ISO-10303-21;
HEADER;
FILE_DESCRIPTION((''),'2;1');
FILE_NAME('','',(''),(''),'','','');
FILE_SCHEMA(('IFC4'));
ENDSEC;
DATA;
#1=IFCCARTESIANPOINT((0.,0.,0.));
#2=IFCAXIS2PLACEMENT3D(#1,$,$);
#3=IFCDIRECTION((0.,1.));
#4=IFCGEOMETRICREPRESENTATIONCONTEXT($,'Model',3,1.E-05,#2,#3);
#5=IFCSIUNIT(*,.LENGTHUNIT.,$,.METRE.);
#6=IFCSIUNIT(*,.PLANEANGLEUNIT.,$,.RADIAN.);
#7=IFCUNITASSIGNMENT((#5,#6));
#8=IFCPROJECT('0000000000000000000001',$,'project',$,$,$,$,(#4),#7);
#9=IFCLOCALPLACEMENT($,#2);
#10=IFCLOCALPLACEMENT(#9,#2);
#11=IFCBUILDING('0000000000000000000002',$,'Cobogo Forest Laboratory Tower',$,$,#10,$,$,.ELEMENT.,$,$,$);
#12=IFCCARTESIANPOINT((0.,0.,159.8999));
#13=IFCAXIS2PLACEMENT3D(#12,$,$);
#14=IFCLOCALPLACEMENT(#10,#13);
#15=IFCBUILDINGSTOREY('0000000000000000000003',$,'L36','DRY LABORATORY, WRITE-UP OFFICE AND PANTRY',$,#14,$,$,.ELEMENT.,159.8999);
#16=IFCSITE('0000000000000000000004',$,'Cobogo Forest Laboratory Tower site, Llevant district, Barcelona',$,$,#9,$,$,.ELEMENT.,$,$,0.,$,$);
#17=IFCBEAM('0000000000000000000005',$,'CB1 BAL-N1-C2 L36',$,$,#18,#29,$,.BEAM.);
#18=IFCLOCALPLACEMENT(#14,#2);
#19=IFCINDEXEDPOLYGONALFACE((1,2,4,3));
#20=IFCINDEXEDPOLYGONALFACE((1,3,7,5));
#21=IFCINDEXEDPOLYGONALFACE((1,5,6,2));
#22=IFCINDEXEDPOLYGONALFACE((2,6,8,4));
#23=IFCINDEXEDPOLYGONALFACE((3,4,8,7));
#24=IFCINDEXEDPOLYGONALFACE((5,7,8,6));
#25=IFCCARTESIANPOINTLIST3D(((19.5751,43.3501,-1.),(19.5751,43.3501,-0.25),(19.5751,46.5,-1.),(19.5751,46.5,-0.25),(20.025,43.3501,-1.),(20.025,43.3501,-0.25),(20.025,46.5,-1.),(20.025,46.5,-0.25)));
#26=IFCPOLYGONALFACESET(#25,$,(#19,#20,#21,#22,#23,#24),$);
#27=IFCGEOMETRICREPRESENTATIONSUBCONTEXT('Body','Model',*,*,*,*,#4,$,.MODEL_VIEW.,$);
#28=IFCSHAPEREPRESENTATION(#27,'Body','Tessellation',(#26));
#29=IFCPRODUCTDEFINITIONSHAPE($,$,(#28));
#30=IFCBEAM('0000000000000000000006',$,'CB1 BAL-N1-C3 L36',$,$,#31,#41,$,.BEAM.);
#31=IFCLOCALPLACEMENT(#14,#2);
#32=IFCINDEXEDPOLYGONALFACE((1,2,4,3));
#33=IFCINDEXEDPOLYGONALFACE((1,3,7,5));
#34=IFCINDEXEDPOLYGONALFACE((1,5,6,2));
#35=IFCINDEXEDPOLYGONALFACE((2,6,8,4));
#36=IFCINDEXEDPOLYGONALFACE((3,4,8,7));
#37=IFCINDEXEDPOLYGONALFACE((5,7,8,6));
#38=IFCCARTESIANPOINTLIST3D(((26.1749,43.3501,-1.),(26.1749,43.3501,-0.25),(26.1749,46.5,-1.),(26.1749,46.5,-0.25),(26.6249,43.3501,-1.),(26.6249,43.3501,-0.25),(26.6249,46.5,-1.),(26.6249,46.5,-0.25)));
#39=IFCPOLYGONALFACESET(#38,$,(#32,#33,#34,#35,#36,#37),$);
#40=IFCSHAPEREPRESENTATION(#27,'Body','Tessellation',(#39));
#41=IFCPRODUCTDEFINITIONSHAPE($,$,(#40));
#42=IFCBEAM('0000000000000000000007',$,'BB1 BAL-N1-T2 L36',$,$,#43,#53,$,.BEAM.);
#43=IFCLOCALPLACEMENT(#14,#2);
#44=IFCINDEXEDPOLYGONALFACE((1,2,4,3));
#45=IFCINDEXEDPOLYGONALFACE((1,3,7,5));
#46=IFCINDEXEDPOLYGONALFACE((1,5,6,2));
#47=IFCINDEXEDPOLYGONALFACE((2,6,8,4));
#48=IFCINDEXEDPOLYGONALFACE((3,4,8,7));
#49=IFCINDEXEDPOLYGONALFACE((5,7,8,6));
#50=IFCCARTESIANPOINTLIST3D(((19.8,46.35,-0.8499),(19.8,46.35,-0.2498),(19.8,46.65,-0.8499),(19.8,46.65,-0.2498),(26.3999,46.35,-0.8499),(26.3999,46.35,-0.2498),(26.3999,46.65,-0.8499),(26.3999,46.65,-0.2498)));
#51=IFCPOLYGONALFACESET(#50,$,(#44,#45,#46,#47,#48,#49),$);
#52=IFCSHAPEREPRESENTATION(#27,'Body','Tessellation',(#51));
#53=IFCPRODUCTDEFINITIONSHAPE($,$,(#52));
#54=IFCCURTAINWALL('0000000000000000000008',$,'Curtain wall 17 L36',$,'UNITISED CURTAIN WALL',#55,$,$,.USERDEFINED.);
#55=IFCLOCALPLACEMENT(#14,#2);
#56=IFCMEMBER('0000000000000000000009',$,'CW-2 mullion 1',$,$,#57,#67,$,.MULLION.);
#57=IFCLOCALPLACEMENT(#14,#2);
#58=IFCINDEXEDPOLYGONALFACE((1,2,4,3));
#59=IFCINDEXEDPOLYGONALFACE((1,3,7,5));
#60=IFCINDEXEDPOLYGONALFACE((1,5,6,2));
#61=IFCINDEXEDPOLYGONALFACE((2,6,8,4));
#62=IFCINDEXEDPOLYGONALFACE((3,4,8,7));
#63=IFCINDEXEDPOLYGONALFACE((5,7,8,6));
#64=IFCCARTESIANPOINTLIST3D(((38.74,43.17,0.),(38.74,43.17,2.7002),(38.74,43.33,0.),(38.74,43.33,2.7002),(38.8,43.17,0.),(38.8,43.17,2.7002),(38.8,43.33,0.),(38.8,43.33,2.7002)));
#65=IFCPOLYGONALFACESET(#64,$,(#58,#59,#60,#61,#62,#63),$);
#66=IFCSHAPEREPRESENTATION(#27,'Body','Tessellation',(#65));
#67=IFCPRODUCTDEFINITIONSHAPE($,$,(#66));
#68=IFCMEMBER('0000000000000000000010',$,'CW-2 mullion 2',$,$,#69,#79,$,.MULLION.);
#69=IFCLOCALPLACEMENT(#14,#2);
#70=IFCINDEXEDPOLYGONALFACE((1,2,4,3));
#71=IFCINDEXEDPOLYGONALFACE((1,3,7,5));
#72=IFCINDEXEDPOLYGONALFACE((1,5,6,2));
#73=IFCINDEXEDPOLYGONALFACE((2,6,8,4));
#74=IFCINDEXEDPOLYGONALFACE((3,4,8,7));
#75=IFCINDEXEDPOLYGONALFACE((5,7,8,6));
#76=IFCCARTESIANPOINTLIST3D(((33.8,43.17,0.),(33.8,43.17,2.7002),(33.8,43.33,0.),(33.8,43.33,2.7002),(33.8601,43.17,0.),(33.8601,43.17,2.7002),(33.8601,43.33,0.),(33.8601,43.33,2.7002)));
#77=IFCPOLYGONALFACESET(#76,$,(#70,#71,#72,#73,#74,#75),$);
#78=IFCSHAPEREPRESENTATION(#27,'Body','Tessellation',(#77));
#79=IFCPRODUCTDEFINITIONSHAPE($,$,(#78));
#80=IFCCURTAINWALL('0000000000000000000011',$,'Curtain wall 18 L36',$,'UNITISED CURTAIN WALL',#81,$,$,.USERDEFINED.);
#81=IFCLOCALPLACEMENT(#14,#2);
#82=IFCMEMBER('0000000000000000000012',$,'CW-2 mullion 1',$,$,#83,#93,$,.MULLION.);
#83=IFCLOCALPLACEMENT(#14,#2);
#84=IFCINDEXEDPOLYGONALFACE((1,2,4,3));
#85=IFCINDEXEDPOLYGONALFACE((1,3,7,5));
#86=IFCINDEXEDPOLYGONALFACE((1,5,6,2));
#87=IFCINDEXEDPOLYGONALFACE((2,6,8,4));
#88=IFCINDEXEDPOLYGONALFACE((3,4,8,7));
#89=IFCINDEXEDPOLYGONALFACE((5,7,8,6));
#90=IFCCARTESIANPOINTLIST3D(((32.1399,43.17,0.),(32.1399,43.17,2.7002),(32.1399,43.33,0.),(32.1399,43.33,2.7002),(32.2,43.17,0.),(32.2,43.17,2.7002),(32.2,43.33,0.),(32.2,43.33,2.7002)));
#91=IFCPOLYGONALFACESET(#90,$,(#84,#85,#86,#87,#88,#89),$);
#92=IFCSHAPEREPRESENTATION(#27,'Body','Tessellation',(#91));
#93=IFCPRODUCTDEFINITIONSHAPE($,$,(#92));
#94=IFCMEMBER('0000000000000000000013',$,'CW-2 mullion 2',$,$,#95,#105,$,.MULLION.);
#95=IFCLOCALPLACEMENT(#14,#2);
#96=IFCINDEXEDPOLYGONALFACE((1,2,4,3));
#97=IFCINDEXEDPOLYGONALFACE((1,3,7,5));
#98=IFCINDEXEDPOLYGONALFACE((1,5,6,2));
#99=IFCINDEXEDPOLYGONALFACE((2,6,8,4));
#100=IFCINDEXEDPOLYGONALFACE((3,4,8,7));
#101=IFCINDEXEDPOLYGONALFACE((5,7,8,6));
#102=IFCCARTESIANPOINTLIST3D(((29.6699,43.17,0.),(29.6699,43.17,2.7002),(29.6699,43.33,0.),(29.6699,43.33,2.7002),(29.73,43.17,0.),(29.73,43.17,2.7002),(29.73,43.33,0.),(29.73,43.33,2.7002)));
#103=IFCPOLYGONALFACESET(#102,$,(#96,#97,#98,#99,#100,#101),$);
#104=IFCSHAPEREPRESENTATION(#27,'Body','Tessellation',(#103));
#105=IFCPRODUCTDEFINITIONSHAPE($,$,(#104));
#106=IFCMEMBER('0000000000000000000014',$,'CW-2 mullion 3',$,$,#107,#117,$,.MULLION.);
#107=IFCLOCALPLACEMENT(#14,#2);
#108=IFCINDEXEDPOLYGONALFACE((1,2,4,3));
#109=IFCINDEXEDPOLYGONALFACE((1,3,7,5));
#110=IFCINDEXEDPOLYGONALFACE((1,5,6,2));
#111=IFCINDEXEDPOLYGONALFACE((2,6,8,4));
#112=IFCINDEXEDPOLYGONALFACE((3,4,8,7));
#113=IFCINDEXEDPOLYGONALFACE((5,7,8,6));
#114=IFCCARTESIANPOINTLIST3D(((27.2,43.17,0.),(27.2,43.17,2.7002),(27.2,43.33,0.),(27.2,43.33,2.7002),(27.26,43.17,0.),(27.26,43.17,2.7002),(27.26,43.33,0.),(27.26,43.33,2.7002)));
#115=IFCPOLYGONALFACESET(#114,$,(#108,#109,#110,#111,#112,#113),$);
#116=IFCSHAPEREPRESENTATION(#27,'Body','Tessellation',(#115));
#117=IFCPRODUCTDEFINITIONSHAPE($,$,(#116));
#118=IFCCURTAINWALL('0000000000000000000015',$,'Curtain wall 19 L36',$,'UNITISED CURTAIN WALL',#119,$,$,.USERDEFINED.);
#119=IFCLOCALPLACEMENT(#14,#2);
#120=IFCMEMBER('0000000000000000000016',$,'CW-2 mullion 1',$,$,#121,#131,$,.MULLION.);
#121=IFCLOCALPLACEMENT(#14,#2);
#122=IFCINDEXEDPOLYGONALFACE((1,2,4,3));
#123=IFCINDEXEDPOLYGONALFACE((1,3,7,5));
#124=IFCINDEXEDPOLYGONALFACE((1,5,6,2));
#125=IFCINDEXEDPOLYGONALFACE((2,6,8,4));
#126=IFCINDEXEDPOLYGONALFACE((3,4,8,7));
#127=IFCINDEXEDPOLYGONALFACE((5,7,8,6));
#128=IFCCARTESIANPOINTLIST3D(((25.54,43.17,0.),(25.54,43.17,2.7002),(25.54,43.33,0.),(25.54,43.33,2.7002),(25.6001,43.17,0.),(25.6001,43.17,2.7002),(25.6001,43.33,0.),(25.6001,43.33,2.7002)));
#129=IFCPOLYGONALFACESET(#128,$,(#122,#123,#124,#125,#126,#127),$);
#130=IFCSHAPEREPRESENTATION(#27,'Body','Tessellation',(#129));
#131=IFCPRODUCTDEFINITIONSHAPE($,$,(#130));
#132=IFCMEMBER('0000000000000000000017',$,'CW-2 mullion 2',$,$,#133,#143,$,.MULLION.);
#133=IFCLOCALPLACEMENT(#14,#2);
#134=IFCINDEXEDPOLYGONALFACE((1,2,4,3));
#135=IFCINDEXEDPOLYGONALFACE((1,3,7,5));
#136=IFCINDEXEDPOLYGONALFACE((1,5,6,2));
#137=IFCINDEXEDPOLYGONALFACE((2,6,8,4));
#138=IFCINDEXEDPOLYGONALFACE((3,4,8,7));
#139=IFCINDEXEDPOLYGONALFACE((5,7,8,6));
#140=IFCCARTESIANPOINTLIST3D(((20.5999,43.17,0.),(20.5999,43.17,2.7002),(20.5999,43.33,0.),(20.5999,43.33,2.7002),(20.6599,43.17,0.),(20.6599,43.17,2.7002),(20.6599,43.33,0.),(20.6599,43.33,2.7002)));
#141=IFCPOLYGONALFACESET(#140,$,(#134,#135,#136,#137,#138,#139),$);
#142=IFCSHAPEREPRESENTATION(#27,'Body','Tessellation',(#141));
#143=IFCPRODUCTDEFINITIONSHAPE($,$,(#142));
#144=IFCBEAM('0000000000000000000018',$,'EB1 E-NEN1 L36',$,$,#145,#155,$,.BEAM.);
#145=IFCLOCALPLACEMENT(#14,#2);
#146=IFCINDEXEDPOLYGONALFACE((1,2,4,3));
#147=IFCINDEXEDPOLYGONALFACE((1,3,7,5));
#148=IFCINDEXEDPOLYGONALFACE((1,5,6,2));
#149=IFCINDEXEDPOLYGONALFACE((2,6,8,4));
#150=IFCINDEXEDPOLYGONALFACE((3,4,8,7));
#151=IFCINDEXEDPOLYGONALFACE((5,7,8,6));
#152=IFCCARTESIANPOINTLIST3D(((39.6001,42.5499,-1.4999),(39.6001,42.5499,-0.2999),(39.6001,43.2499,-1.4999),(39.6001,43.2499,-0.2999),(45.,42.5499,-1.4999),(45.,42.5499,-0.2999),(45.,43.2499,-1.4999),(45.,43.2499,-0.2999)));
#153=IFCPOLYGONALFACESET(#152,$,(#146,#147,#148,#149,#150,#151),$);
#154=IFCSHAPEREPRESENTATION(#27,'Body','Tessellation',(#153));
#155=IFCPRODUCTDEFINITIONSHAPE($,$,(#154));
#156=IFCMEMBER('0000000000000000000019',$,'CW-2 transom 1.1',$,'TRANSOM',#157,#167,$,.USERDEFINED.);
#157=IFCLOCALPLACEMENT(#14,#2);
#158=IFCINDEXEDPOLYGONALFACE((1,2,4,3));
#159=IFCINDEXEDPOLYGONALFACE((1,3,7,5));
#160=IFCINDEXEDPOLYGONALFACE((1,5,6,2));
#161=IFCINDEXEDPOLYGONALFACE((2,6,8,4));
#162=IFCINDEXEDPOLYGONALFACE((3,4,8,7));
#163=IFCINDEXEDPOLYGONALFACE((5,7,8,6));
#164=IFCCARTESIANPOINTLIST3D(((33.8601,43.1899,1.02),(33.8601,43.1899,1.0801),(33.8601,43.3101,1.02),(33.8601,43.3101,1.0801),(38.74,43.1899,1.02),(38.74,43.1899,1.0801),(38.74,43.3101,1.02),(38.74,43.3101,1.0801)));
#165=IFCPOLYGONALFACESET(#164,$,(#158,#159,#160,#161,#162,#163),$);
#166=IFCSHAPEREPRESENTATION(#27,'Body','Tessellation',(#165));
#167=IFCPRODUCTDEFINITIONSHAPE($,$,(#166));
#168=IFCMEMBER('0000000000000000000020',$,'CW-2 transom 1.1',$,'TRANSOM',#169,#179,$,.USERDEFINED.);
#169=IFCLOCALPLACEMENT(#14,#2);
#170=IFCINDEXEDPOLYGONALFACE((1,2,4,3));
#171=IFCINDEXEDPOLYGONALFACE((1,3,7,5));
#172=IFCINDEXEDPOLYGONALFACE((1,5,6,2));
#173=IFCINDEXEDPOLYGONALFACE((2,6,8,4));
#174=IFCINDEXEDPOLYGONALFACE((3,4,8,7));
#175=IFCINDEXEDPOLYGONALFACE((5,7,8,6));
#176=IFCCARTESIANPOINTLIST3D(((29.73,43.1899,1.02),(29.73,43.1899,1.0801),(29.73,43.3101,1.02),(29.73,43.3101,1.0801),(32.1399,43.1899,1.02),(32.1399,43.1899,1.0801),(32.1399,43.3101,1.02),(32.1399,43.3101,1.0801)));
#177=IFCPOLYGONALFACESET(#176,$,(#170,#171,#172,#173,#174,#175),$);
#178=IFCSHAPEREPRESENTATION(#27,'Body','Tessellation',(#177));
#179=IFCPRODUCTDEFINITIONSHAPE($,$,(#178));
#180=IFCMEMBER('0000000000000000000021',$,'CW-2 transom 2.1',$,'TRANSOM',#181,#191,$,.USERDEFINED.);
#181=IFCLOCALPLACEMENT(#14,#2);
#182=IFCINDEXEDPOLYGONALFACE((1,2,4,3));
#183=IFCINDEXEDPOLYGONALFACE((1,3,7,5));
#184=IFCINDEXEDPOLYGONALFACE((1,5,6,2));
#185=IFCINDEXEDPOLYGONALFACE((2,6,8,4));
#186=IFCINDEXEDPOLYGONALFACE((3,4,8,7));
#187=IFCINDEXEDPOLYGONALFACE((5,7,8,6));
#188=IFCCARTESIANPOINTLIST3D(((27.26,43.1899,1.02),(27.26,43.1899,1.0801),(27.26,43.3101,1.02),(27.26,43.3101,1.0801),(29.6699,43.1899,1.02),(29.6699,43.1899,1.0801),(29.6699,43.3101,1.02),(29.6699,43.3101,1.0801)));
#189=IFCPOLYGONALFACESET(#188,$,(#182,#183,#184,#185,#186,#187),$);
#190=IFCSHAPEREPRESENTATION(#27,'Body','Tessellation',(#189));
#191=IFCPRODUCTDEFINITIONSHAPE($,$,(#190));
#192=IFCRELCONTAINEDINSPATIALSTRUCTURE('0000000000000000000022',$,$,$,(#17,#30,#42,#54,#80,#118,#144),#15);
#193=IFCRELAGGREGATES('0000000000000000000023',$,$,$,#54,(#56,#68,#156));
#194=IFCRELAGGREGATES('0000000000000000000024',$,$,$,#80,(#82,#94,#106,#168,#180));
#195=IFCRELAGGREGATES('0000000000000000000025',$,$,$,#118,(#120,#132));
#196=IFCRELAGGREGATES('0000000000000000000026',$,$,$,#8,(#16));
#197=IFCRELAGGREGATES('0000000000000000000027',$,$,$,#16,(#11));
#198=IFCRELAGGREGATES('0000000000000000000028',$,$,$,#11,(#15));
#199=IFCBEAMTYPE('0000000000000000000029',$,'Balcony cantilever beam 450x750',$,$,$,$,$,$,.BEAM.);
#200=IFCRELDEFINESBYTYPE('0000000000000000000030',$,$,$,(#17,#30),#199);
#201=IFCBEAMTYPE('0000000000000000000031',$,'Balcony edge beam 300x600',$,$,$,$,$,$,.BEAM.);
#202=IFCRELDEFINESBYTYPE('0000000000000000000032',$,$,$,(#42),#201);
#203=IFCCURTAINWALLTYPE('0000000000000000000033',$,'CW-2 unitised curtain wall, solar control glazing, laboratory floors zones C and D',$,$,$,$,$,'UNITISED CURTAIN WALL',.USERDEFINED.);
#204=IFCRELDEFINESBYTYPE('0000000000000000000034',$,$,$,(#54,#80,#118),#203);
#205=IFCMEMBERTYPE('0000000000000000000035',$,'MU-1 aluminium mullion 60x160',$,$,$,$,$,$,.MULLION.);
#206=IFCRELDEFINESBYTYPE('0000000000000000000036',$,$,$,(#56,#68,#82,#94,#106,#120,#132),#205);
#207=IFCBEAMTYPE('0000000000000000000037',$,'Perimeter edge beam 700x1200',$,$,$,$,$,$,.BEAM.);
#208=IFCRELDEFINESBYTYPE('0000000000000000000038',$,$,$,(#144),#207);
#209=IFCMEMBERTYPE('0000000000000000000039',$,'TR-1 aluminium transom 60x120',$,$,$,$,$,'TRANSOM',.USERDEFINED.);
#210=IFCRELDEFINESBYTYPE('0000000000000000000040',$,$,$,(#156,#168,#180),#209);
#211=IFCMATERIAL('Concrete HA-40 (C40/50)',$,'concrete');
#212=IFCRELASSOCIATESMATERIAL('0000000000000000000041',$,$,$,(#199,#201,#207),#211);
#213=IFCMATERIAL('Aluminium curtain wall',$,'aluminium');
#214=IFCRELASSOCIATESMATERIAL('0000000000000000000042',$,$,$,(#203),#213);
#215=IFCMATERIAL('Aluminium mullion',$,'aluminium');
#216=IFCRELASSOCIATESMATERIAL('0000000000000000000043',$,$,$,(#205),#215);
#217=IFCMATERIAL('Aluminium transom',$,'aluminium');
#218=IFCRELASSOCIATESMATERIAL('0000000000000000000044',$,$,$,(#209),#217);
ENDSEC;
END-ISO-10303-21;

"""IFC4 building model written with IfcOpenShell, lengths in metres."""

from ifc_helpers import new_model, si_unit, direction, frame, origin, origin_2d, place, context, subcontext, project, spatial, rectangle, extrude, material, material_profile, profile_set, type_object, element, aggregate, save


model = new_model("IFC4")

# Units and contexts
model_context = context("Model", 3, precision=1e-05, world=origin(), true_north=direction((0.0, 1.0)))
body_context = subcontext(model_context, "Body", "Model", "MODEL_VIEW")
ifc_project = project(units=[si_unit("LENGTHUNIT", "METRE"), si_unit("PLANEANGLEUNIT", "RADIAN")], contexts=[model_context])

# Site, building, storey
site_placement = place(None, origin())
site = spatial("IfcSite", under=ifc_project, at=site_placement, Name="Cobogo Forest Laboratory Tower site, Llevant district, Barcelona", CompositionType="ELEMENT", RefElevation=0.0)
building_placement = place(site_placement, origin())
building = spatial("IfcBuilding", under=site, at=building_placement, Name="Cobogo Forest Laboratory Tower", CompositionType="ELEMENT")
storey_placement = place(building_placement, frame((0.0, 0.0, 159.8999)))
storey = spatial("IfcBuildingStorey", under=building, at=storey_placement, Name="L36", Description="DRY LABORATORY, WRITE-UP OFFICE AND PANTRY", CompositionType="ELEMENT", Elevation=159.8999)

# Beams
ifc_material_1 = material(Name="Concrete HA-40 (C40/50)", Category="concrete")
ifc_material_profile_1 = material_profile(ifc_material_1, rectangle(XDim=0.45, YDim=0.75, at=origin_2d()), Name="RC 450x750")
ifc_profile_set_1 = profile_set([ifc_material_profile_1], Name="Concrete HA-40 (C40/50)")
beam_type_1 = type_object("IfcBeamType", Name="Balcony cantilever beam 450x750", PredefinedType="BEAM", material=ifc_profile_set_1)
for number, where, z_axis, x_axis, name in (
    (1, (19.8, 43.3501, -0.625), (0.0, 1.0, 0.0), (-1.0, 0.0, 0.0), "CB1 BAL-N1-C2 L36"),
    (2, (26.3999, 43.3501, -0.625), (0.0, 1.0, 0.0), (-1.0, 0.0, 0.0), "CB1 BAL-N1-C3 L36"),
):
    element("IfcBeam", number, at=place(storey_placement, frame(where, z_axis=z_axis, x_axis=x_axis)), inside=storey, type_object=beam_type_1, Name=name, PredefinedType="BEAM", context=body_context, shape_type="SweptSolid", body=[
        extrude(rectangle(XDim=0.45, YDim=0.75, at=origin_2d()), origin(), (0.0, 0.0, 1.0), 3.1499),
    ])
ifc_material_profile_2 = material_profile(ifc_material_1, rectangle(XDim=0.3, YDim=0.6001, at=origin_2d()), Name="RC 300x600")
ifc_profile_set_2 = profile_set([ifc_material_profile_2], Name="Concrete HA-40 (C40/50)")
beam_type_2 = type_object("IfcBeamType", Name="Balcony edge beam 300x600", PredefinedType="BEAM", material=ifc_profile_set_2)
beam_1_placement = place(storey_placement, frame((19.8, 46.5, -0.5498), z_axis=(1.0, 0.0, 0.0), x_axis=(0.0, 1.0, 0.0)))
element("IfcBeam", 3, at=beam_1_placement, inside=storey, type_object=beam_type_2, Name="BB1 BAL-N1-T2 L36", PredefinedType="BEAM", context=body_context, shape_type="SweptSolid", body=[
    extrude(rectangle(XDim=0.3, YDim=0.6001, at=origin_2d()), origin(), (0.0, 0.0, 1.0), 6.5999),
])

# Curtain walls, members
ifc_material_2 = material(Name="Aluminium curtain wall", Category="aluminium")
curtain_wall_type = type_object("IfcCurtainWallType", Name="CW-2 unitised curtain wall, solar control glazing, laboratory floors zones C and D", ElementType="UNITISED CURTAIN WALL", PredefinedType="USERDEFINED", material=ifc_material_2)
curtain_wall_1_placement = place(storey_placement, origin())
curtain_wall_1 = element("IfcCurtainWall", 4, at=curtain_wall_1_placement, inside=storey, type_object=curtain_wall_type, Name="Curtain wall 17 L36", ObjectType="UNITISED CURTAIN WALL", PredefinedType="USERDEFINED")
ifc_material_3 = material(Name="Aluminium mullion", Category="aluminium")
ifc_material_profile_3 = material_profile(ifc_material_3, rectangle(XDim=0.0601, YDim=0.1599, at=origin_2d()), Name="AL 60x160")
ifc_profile_set_3 = profile_set([ifc_material_profile_3], Name="Aluminium mullion")
member_type_1 = type_object("IfcMemberType", Name="MU-1 aluminium mullion 60x160", PredefinedType="MULLION", material=ifc_profile_set_3)
member_1_placement = place(storey_placement, frame((38.77, 43.25, 0.0), z_axis=(0.0, 0.0, 1.0), x_axis=(-1.0, 0.0, 0.0)))
member_1 = element("IfcMember", 5, at=member_1_placement, type_object=member_type_1, Name="CW-2 mullion 1", PredefinedType="MULLION", context=body_context, shape_type="SweptSolid", body=[
    extrude(rectangle(XDim=0.0601, YDim=0.1599, at=origin_2d()), origin(), (0.0, 0.0, 1.0), 2.7002),
])
member_2_placement = place(storey_placement, frame((33.8301, 43.25, 0.0), z_axis=(0.0, 0.0, 1.0), x_axis=(-1.0, 0.0, 0.0)))
member_2 = element("IfcMember", 6, at=member_2_placement, type_object=member_type_1, Name="CW-2 mullion 2", PredefinedType="MULLION", context=body_context, shape_type="SweptSolid", body=[
    extrude(rectangle(XDim=0.0601, YDim=0.1599, at=origin_2d()), origin(), (0.0, 0.0, 1.0), 2.7002),
])
curtain_wall_2_placement = place(storey_placement, origin())
curtain_wall_2 = element("IfcCurtainWall", 7, at=curtain_wall_2_placement, inside=storey, type_object=curtain_wall_type, Name="Curtain wall 18 L36", ObjectType="UNITISED CURTAIN WALL", PredefinedType="USERDEFINED")
member_3_placement = place(storey_placement, frame((32.1699, 43.25, 0.0), z_axis=(0.0, 0.0, 1.0), x_axis=(-1.0, 0.0, 0.0)))
member_3 = element("IfcMember", 8, at=member_3_placement, type_object=member_type_1, Name="CW-2 mullion 1", PredefinedType="MULLION", context=body_context, shape_type="SweptSolid", body=[
    extrude(rectangle(XDim=0.0601, YDim=0.1599, at=origin_2d()), origin(), (0.0, 0.0, 1.0), 2.7002),
])
member_4_placement = place(storey_placement, frame((29.7, 43.25, 0.0), z_axis=(0.0, 0.0, 1.0), x_axis=(-1.0, 0.0, 0.0)))
member_4 = element("IfcMember", 9, at=member_4_placement, type_object=member_type_1, Name="CW-2 mullion 2", PredefinedType="MULLION", context=body_context, shape_type="SweptSolid", body=[
    extrude(rectangle(XDim=0.0601, YDim=0.1599, at=origin_2d()), origin(), (0.0, 0.0, 1.0), 2.7002),
])
member_5_placement = place(storey_placement, frame((27.23, 43.25, 0.0), z_axis=(0.0, 0.0, 1.0), x_axis=(-1.0, 0.0, 0.0)))
member_5 = element("IfcMember", 10, at=member_5_placement, type_object=member_type_1, Name="CW-2 mullion 3", PredefinedType="MULLION", context=body_context, shape_type="SweptSolid", body=[
    extrude(rectangle(XDim=0.0601, YDim=0.1599, at=origin_2d()), origin(), (0.0, 0.0, 1.0), 2.7002),
])
curtain_wall_3_placement = place(storey_placement, origin())
curtain_wall_3 = element("IfcCurtainWall", 11, at=curtain_wall_3_placement, inside=storey, type_object=curtain_wall_type, Name="Curtain wall 19 L36", ObjectType="UNITISED CURTAIN WALL", PredefinedType="USERDEFINED")
member_6_placement = place(storey_placement, frame((25.5701, 43.25, 0.0), z_axis=(0.0, 0.0, 1.0), x_axis=(-1.0, 0.0, 0.0)))
member_6 = element("IfcMember", 12, at=member_6_placement, type_object=member_type_1, Name="CW-2 mullion 1", PredefinedType="MULLION", context=body_context, shape_type="SweptSolid", body=[
    extrude(rectangle(XDim=0.0601, YDim=0.1599, at=origin_2d()), origin(), (0.0, 0.0, 1.0), 2.7002),
])
member_7_placement = place(storey_placement, frame((20.6299, 43.25, 0.0), z_axis=(0.0, 0.0, 1.0), x_axis=(-1.0, 0.0, 0.0)))
member_7 = element("IfcMember", 13, at=member_7_placement, type_object=member_type_1, Name="CW-2 mullion 2", PredefinedType="MULLION", context=body_context, shape_type="SweptSolid", body=[
    extrude(rectangle(XDim=0.0601, YDim=0.1599, at=origin_2d()), origin(), (0.0, 0.0, 1.0), 2.7002),
])

# Beam
ifc_material_profile_4 = material_profile(ifc_material_1, rectangle(XDim=0.7, YDim=1.2, at=origin_2d()), Name="RC 700x1200")
ifc_profile_set_4 = profile_set([ifc_material_profile_4], Name="Concrete HA-40 (C40/50)")
beam_type_3 = type_object("IfcBeamType", Name="Perimeter edge beam 700x1200", PredefinedType="BEAM", material=ifc_profile_set_4)
beam_2_placement = place(storey_placement, frame((39.6001, 42.8999, -0.8999), z_axis=(1.0, 0.0, 0.0), x_axis=(0.0, 1.0, 0.0)))
element("IfcBeam", 14, at=beam_2_placement, inside=storey, type_object=beam_type_3, Name="EB1 E-NEN1 L36", PredefinedType="BEAM", context=body_context, shape_type="SweptSolid", body=[
    extrude(rectangle(XDim=0.7, YDim=1.2, at=origin_2d()), origin(), (0.0, 0.0, 1.0), 5.3999),
])

# Members
ifc_material_4 = material(Name="Aluminium transom", Category="aluminium")
ifc_material_profile_5 = material_profile(ifc_material_4, rectangle(XDim=0.1201, YDim=0.0601, at=origin_2d()), Name="AL 60x120")
ifc_profile_set_5 = profile_set([ifc_material_profile_5], Name="Aluminium transom")
member_type_2 = type_object("IfcMemberType", Name="TR-1 aluminium transom 60x120", ElementType="TRANSOM", PredefinedType="USERDEFINED", material=ifc_profile_set_5)
member_8_placement = place(storey_placement, frame((38.74, 43.25, 1.05), z_axis=(-1.0, 0.0, 0.0), x_axis=(0.0, -1.0, 0.0)))
member_8 = element("IfcMember", 15, at=member_8_placement, type_object=member_type_2, Name="CW-2 transom 1.1", ObjectType="TRANSOM", PredefinedType="USERDEFINED", context=body_context, shape_type="SweptSolid", body=[
    extrude(rectangle(XDim=0.1201, YDim=0.0601, at=origin_2d()), origin(), (0.0, 0.0, 1.0), 4.8799),
])
member_9_placement = place(storey_placement, frame((32.1399, 43.25, 1.05), z_axis=(-1.0, 0.0, 0.0), x_axis=(0.0, -1.0, 0.0)))
member_9 = element("IfcMember", 16, at=member_9_placement, type_object=member_type_2, Name="CW-2 transom 1.1", ObjectType="TRANSOM", PredefinedType="USERDEFINED", context=body_context, shape_type="SweptSolid", body=[
    extrude(rectangle(XDim=0.1201, YDim=0.0601, at=origin_2d()), origin(), (0.0, 0.0, 1.0), 2.4099),
])
member_10_placement = place(storey_placement, frame((29.6699, 43.25, 1.05), z_axis=(-1.0, 0.0, 0.0), x_axis=(0.0, -1.0, 0.0)))
member_10 = element("IfcMember", 17, at=member_10_placement, type_object=member_type_2, Name="CW-2 transom 2.1", ObjectType="TRANSOM", PredefinedType="USERDEFINED", context=body_context, shape_type="SweptSolid", body=[
    extrude(rectangle(XDim=0.1201, YDim=0.0601, at=origin_2d()), origin(), (0.0, 0.0, 1.0), 2.4099),
])

aggregate(curtain_wall_1, [member_1, member_2, member_8])
aggregate(curtain_wall_2, [member_3, member_4, member_5, member_9, member_10])
aggregate(curtain_wall_3, [member_6, member_7])

save(model, "model.ifc")
